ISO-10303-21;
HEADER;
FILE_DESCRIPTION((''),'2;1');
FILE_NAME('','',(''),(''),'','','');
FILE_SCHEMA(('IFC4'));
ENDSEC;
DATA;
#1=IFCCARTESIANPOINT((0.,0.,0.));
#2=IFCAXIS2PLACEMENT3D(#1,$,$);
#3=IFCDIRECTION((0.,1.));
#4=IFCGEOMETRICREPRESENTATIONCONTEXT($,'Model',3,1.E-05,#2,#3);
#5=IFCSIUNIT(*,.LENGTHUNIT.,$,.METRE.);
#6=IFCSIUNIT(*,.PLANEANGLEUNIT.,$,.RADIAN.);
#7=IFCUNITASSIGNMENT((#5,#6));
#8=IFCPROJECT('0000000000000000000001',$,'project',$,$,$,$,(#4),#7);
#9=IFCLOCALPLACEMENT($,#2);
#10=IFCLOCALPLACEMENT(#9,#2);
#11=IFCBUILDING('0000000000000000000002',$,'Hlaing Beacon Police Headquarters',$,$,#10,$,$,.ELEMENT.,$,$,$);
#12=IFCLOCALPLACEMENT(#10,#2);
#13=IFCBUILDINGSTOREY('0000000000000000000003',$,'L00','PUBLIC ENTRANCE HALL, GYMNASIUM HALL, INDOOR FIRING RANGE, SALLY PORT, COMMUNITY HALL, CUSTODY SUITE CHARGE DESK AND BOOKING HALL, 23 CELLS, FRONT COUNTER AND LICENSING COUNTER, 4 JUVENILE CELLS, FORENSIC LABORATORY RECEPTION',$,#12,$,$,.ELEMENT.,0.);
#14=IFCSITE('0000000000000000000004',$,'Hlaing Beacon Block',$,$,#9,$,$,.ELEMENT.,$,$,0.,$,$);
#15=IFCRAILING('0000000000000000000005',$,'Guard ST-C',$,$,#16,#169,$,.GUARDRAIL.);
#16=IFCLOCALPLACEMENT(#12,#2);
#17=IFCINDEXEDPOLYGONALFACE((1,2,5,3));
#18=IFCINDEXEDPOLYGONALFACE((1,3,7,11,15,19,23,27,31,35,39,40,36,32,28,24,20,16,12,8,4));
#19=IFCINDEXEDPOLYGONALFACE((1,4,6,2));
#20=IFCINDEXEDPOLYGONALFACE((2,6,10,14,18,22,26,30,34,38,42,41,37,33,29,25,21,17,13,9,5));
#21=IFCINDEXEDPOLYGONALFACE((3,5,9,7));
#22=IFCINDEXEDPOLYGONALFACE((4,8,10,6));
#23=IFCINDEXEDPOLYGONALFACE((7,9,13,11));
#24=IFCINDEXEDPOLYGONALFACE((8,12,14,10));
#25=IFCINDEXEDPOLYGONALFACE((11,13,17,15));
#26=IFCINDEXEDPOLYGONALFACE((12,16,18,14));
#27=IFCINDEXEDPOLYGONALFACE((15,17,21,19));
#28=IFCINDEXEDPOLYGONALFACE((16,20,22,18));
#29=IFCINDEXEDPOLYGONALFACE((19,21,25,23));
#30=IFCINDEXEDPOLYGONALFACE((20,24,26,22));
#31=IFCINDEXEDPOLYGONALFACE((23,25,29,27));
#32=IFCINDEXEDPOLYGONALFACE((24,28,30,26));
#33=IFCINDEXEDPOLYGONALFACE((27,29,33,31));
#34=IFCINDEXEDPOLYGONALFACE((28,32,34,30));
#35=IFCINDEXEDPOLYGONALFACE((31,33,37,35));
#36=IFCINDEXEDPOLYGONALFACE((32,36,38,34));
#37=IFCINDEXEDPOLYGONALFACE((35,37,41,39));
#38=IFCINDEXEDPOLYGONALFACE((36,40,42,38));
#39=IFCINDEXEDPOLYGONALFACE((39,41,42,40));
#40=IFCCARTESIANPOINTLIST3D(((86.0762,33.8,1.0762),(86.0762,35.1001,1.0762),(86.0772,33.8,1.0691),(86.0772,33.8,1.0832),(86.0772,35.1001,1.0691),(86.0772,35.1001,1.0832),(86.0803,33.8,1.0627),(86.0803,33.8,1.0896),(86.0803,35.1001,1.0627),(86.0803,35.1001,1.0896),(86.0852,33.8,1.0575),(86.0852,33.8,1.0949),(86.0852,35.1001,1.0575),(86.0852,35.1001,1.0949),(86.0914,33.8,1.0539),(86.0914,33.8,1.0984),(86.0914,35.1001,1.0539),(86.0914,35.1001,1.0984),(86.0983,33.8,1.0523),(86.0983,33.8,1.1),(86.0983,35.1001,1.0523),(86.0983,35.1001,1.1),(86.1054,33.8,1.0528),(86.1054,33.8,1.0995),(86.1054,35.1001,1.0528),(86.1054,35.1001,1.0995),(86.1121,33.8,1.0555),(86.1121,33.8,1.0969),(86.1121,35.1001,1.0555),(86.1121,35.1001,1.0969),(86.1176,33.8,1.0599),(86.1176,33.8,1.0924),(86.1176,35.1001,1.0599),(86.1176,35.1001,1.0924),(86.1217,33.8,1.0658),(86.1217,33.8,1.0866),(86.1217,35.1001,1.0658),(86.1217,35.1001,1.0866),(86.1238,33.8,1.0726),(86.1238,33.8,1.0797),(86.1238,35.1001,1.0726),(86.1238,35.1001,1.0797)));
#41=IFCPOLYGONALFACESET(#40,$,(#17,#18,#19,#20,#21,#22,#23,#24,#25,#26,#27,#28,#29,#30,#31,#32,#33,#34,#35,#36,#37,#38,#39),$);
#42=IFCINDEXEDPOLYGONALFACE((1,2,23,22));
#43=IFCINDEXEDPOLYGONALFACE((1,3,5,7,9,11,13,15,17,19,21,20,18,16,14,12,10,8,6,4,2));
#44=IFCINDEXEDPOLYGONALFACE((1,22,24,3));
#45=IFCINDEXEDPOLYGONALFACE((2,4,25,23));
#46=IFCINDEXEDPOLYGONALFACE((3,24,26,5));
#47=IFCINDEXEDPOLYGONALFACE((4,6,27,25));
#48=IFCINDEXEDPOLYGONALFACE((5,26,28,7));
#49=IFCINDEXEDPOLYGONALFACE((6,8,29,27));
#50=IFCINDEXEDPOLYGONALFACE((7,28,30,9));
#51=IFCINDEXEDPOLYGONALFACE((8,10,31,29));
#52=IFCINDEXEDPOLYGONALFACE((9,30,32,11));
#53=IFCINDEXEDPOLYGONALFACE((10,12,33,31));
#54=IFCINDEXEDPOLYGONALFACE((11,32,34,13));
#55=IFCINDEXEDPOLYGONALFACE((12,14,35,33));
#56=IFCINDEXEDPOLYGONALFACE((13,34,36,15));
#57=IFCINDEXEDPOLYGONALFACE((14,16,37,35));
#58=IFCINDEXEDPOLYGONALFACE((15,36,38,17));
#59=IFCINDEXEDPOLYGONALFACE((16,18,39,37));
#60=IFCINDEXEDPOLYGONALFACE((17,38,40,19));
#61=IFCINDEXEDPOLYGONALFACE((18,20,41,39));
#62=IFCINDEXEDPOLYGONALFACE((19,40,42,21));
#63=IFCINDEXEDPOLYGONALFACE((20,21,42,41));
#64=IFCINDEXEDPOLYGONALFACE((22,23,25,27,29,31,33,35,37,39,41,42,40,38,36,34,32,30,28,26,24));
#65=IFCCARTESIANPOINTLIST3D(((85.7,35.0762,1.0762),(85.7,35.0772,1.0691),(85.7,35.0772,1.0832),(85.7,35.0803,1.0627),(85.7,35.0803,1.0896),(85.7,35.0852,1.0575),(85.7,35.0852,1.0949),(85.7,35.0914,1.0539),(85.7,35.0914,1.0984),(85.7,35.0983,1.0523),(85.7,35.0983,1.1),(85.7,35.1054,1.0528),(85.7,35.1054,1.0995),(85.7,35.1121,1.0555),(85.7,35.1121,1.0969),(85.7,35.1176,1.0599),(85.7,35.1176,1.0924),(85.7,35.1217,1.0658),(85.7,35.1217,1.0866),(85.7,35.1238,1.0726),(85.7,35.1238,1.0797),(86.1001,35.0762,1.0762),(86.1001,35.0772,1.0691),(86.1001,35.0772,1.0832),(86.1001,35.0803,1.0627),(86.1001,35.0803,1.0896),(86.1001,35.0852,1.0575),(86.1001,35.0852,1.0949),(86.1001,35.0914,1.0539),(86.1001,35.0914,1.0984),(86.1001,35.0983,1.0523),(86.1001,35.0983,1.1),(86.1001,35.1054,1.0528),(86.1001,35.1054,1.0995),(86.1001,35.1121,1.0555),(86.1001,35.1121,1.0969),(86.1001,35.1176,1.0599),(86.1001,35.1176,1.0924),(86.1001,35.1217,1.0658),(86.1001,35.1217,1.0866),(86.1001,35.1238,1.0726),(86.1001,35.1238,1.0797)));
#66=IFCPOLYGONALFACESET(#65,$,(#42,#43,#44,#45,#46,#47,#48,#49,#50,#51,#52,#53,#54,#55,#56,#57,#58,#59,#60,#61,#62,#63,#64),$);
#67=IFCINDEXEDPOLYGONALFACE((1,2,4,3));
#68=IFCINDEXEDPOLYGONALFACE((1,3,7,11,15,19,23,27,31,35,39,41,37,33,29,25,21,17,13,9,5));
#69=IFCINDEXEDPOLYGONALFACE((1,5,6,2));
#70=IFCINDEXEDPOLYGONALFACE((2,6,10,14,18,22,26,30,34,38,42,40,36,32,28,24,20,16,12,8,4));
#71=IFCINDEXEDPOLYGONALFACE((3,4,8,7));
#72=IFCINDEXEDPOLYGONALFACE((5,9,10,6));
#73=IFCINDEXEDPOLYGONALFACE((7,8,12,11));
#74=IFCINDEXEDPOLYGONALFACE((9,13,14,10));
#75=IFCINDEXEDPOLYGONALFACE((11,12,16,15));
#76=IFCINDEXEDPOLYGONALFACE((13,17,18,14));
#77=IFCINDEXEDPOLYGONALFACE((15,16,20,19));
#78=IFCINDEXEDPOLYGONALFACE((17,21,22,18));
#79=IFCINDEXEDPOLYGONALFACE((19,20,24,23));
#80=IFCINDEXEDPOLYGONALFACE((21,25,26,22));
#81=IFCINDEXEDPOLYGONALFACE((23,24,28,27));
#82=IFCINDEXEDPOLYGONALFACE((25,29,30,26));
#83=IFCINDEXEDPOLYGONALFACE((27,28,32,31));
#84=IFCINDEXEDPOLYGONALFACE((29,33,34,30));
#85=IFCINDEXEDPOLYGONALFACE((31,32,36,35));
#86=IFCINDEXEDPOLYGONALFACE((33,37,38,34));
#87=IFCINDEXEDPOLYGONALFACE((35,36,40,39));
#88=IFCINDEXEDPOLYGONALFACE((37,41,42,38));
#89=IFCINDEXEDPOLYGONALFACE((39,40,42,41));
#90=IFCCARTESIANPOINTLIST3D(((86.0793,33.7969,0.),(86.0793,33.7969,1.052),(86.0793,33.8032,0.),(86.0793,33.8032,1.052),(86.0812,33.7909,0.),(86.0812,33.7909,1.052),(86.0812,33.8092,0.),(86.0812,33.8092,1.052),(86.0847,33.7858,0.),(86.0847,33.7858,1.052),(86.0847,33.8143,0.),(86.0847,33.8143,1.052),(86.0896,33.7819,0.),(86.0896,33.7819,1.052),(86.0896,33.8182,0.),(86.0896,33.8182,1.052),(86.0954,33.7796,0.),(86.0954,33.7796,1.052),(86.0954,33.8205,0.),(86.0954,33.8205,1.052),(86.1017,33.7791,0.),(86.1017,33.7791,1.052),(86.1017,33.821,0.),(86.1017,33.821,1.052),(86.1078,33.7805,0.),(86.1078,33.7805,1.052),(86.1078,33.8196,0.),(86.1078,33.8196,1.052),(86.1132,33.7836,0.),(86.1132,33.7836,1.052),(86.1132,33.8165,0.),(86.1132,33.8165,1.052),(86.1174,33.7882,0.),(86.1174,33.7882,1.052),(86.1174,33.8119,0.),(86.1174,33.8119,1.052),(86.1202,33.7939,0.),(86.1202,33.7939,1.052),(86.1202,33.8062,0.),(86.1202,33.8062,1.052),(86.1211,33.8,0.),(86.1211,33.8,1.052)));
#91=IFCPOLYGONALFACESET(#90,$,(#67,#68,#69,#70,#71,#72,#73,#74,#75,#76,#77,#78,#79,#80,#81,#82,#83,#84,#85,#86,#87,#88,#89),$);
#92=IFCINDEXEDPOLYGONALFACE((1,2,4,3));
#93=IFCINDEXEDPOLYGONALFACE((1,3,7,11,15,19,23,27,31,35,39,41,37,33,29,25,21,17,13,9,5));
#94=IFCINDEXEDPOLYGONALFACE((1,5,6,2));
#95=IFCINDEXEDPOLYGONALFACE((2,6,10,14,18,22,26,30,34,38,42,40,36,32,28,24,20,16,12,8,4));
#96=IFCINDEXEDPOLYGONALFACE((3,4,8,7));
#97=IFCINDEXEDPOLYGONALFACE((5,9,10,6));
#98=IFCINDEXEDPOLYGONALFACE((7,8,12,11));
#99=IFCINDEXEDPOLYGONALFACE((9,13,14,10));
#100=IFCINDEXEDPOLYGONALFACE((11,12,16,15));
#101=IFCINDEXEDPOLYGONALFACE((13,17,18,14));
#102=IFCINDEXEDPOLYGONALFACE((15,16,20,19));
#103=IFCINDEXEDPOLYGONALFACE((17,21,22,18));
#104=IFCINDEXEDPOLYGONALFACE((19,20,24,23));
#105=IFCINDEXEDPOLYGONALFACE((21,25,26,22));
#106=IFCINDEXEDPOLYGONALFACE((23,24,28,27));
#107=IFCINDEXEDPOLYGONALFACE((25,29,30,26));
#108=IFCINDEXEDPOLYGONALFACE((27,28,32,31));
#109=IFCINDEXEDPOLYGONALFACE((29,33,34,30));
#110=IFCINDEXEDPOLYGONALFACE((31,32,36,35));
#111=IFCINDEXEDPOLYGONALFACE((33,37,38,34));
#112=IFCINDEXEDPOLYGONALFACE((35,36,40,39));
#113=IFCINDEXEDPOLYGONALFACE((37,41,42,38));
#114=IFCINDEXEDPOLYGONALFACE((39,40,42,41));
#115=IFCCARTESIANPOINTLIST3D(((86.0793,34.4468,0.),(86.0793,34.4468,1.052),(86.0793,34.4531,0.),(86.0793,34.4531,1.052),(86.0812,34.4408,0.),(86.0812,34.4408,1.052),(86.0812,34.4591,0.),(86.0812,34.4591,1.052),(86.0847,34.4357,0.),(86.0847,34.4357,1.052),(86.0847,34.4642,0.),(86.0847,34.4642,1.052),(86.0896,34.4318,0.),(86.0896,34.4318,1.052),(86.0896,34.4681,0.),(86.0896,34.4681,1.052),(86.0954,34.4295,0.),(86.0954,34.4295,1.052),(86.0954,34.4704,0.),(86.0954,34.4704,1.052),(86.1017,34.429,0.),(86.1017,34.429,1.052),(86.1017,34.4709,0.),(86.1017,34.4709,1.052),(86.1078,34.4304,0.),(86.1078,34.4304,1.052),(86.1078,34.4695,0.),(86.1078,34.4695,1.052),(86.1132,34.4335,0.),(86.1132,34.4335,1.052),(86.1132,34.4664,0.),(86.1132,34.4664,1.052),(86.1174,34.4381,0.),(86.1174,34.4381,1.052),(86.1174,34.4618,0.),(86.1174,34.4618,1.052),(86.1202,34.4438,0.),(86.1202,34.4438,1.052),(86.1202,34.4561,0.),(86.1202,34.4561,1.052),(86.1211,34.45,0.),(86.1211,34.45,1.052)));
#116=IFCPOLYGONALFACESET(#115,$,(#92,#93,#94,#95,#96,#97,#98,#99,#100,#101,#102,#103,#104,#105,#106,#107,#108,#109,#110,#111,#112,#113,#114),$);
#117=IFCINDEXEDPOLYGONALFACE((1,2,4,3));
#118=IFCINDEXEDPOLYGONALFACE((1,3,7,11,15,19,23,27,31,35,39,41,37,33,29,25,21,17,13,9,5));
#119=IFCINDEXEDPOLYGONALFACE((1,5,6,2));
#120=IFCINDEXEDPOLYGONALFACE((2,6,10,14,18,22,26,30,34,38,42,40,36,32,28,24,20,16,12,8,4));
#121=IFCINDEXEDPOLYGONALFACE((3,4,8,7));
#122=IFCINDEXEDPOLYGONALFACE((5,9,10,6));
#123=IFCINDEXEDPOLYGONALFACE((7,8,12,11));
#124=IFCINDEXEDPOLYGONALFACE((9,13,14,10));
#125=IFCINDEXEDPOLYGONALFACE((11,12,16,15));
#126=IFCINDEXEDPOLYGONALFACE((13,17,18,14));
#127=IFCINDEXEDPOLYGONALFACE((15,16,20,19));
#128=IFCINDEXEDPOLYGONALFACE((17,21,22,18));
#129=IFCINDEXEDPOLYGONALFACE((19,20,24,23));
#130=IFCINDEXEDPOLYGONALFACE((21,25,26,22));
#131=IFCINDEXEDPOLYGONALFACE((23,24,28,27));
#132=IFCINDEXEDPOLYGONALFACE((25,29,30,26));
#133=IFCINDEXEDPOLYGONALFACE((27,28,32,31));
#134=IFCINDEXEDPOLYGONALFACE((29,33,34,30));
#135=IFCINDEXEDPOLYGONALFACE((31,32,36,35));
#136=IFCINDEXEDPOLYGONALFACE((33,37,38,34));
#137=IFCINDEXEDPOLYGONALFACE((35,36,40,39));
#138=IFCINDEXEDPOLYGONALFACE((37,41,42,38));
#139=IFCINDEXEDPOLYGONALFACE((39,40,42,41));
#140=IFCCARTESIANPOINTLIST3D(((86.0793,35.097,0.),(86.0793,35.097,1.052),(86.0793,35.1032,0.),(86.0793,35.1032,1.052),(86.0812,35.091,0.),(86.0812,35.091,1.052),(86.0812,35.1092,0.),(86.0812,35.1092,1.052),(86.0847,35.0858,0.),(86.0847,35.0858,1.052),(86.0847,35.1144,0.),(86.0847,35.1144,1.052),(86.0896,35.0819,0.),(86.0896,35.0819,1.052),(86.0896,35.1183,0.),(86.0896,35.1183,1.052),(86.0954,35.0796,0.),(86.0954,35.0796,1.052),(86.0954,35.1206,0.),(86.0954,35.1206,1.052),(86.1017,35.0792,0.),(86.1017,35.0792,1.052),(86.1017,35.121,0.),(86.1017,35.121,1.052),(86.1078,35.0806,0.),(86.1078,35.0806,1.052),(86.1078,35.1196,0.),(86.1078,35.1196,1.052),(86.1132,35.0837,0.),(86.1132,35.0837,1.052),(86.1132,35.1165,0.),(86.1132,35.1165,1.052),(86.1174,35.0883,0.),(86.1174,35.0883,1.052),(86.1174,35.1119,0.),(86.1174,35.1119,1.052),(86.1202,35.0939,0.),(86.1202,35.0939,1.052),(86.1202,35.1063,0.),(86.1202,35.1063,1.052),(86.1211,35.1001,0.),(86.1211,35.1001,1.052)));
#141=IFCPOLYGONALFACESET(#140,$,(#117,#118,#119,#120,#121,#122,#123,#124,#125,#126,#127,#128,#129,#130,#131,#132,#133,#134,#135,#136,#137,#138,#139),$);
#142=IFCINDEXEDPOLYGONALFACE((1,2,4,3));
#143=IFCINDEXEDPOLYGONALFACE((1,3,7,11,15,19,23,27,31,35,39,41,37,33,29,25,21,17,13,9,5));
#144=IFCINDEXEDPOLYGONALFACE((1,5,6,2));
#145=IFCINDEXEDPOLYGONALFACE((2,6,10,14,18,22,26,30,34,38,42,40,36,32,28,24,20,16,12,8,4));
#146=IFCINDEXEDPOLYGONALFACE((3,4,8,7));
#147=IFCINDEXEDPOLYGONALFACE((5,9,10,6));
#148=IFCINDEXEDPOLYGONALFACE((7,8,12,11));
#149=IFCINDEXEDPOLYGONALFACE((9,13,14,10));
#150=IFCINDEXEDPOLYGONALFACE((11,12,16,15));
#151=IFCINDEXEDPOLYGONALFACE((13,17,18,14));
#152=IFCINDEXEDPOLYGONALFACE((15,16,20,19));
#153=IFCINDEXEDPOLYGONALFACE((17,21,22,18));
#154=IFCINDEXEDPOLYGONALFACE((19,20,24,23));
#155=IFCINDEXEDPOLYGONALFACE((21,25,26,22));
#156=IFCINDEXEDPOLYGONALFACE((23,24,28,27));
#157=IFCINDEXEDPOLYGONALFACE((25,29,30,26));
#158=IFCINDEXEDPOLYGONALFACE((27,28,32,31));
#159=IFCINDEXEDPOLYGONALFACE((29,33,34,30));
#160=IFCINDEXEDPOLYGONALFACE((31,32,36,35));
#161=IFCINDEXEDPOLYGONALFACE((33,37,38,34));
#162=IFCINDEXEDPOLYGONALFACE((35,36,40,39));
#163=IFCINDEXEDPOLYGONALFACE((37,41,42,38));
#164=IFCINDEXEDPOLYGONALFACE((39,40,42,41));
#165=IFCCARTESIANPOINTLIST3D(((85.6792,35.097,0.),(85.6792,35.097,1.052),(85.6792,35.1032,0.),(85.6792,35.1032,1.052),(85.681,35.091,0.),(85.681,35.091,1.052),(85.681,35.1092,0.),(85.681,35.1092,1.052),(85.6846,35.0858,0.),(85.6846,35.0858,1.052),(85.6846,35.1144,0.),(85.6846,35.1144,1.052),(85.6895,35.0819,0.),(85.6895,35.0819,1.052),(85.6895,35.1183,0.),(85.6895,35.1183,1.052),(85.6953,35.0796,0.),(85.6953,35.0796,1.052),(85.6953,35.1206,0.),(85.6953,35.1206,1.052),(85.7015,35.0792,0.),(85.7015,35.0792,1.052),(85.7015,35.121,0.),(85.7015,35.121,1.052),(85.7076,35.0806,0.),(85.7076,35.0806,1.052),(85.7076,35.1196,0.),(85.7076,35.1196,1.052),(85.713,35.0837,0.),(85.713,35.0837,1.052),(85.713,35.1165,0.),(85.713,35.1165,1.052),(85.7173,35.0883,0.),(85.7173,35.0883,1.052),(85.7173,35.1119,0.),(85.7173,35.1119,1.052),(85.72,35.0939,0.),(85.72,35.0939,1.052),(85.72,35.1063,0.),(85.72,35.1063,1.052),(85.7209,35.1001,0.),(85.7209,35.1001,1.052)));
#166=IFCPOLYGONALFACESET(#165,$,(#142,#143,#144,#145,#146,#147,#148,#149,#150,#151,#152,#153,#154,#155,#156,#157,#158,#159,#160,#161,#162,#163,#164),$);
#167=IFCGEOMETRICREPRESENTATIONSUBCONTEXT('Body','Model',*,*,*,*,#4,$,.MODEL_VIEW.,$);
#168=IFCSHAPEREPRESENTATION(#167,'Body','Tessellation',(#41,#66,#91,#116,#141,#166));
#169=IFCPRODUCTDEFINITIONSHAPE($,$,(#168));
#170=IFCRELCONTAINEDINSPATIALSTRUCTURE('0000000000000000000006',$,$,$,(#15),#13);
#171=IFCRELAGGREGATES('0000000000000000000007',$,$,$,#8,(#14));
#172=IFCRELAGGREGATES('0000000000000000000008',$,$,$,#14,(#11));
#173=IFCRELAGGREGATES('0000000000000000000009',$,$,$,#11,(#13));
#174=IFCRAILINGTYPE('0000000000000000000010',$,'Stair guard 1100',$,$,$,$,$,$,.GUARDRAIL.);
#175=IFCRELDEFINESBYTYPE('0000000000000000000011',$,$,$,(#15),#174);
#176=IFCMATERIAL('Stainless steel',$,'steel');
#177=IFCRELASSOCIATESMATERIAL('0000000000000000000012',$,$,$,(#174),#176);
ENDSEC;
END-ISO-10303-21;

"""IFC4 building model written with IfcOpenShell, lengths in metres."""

from ifc_helpers import new_model, si_unit, direction, frame, origin, origin_2d, place, context, subcontext, project, spatial, circle, extrude, material, type_object, element, save


model = new_model("IFC4")

# Units and contexts
model_context = context("Model", 3, precision=1e-05, world=origin(), true_north=direction((0.0, 1.0)))
body_context = subcontext(model_context, "Body", "Model", "MODEL_VIEW")
ifc_project = project(units=[si_unit("LENGTHUNIT", "METRE"), si_unit("PLANEANGLEUNIT", "RADIAN")], contexts=[model_context])

# Site, building, storey
site_placement = place(None, origin())
site = spatial("IfcSite", under=ifc_project, at=site_placement, Name="Hlaing Beacon Block", CompositionType="ELEMENT", RefElevation=0.0)
building_placement = place(site_placement, origin())
building = spatial("IfcBuilding", under=site, at=building_placement, Name="Hlaing Beacon Police Headquarters", CompositionType="ELEMENT")
storey_placement = place(building_placement, origin())
storey = spatial("IfcBuildingStorey", under=building, at=storey_placement, Name="L00", Description="PUBLIC ENTRANCE HALL, GYMNASIUM HALL, INDOOR FIRING RANGE, SALLY PORT, COMMUNITY HALL, CUSTODY SUITE CHARGE DESK AND BOOKING HALL, 23 CELLS, FRONT COUNTER AND LICENSING COUNTER, 4 JUVENILE CELLS, FORENSIC LABORATORY RECEPTION", CompositionType="ELEMENT", Elevation=0.0)

# Railing
ifc_material_1 = material(Name="Stainless steel", Category="steel")
railing_type_1 = type_object("IfcRailingType", Name="Stair guard 1100", PredefinedType="GUARDRAIL", material=ifc_material_1)
railing_placement = place(storey_placement, frame((86.1001, 33.8, 0.0)))
element("IfcRailing", 1, at=railing_placement, inside=storey, type_object=railing_type_1, Name="Guard ST-C", PredefinedType="GUARDRAIL", context=body_context, shape_type="SweptSolid", body=[
    extrude(circle(Radius=0.0239, at=origin_2d()), frame((0.0, 0.0, 1.0762), z_axis=(0.0, 1.0, 0.0), x_axis=(-1.0, 0.0, 0.0)), (0.0, 0.0, 1.0), 1.3),
    extrude(circle(Radius=0.0239, at=origin_2d()), frame((0.0, 1.3, 1.0762), z_axis=(-1.0, 0.0, 0.0), x_axis=(0.0, -1.0, 0.0)), (0.0, 0.0, 1.0), 0.4001),
    extrude(circle(Radius=0.021, at=origin_2d()), origin(), (0.0, 0.0, 1.0), 1.052),
    extrude(circle(Radius=0.021, at=origin_2d()), frame((0.0, 0.6499, 0.0)), (0.0, 0.0, 1.0), 1.052),
    extrude(circle(Radius=0.021, at=origin_2d()), frame((0.0, 1.3, 0.0)), (0.0, 0.0, 1.0), 1.052),
    extrude(circle(Radius=0.021, at=origin_2d()), frame((-0.4001, 1.3, 0.0)), (0.0, 0.0, 1.0), 1.052),
])

save(model, "model.ifc")
